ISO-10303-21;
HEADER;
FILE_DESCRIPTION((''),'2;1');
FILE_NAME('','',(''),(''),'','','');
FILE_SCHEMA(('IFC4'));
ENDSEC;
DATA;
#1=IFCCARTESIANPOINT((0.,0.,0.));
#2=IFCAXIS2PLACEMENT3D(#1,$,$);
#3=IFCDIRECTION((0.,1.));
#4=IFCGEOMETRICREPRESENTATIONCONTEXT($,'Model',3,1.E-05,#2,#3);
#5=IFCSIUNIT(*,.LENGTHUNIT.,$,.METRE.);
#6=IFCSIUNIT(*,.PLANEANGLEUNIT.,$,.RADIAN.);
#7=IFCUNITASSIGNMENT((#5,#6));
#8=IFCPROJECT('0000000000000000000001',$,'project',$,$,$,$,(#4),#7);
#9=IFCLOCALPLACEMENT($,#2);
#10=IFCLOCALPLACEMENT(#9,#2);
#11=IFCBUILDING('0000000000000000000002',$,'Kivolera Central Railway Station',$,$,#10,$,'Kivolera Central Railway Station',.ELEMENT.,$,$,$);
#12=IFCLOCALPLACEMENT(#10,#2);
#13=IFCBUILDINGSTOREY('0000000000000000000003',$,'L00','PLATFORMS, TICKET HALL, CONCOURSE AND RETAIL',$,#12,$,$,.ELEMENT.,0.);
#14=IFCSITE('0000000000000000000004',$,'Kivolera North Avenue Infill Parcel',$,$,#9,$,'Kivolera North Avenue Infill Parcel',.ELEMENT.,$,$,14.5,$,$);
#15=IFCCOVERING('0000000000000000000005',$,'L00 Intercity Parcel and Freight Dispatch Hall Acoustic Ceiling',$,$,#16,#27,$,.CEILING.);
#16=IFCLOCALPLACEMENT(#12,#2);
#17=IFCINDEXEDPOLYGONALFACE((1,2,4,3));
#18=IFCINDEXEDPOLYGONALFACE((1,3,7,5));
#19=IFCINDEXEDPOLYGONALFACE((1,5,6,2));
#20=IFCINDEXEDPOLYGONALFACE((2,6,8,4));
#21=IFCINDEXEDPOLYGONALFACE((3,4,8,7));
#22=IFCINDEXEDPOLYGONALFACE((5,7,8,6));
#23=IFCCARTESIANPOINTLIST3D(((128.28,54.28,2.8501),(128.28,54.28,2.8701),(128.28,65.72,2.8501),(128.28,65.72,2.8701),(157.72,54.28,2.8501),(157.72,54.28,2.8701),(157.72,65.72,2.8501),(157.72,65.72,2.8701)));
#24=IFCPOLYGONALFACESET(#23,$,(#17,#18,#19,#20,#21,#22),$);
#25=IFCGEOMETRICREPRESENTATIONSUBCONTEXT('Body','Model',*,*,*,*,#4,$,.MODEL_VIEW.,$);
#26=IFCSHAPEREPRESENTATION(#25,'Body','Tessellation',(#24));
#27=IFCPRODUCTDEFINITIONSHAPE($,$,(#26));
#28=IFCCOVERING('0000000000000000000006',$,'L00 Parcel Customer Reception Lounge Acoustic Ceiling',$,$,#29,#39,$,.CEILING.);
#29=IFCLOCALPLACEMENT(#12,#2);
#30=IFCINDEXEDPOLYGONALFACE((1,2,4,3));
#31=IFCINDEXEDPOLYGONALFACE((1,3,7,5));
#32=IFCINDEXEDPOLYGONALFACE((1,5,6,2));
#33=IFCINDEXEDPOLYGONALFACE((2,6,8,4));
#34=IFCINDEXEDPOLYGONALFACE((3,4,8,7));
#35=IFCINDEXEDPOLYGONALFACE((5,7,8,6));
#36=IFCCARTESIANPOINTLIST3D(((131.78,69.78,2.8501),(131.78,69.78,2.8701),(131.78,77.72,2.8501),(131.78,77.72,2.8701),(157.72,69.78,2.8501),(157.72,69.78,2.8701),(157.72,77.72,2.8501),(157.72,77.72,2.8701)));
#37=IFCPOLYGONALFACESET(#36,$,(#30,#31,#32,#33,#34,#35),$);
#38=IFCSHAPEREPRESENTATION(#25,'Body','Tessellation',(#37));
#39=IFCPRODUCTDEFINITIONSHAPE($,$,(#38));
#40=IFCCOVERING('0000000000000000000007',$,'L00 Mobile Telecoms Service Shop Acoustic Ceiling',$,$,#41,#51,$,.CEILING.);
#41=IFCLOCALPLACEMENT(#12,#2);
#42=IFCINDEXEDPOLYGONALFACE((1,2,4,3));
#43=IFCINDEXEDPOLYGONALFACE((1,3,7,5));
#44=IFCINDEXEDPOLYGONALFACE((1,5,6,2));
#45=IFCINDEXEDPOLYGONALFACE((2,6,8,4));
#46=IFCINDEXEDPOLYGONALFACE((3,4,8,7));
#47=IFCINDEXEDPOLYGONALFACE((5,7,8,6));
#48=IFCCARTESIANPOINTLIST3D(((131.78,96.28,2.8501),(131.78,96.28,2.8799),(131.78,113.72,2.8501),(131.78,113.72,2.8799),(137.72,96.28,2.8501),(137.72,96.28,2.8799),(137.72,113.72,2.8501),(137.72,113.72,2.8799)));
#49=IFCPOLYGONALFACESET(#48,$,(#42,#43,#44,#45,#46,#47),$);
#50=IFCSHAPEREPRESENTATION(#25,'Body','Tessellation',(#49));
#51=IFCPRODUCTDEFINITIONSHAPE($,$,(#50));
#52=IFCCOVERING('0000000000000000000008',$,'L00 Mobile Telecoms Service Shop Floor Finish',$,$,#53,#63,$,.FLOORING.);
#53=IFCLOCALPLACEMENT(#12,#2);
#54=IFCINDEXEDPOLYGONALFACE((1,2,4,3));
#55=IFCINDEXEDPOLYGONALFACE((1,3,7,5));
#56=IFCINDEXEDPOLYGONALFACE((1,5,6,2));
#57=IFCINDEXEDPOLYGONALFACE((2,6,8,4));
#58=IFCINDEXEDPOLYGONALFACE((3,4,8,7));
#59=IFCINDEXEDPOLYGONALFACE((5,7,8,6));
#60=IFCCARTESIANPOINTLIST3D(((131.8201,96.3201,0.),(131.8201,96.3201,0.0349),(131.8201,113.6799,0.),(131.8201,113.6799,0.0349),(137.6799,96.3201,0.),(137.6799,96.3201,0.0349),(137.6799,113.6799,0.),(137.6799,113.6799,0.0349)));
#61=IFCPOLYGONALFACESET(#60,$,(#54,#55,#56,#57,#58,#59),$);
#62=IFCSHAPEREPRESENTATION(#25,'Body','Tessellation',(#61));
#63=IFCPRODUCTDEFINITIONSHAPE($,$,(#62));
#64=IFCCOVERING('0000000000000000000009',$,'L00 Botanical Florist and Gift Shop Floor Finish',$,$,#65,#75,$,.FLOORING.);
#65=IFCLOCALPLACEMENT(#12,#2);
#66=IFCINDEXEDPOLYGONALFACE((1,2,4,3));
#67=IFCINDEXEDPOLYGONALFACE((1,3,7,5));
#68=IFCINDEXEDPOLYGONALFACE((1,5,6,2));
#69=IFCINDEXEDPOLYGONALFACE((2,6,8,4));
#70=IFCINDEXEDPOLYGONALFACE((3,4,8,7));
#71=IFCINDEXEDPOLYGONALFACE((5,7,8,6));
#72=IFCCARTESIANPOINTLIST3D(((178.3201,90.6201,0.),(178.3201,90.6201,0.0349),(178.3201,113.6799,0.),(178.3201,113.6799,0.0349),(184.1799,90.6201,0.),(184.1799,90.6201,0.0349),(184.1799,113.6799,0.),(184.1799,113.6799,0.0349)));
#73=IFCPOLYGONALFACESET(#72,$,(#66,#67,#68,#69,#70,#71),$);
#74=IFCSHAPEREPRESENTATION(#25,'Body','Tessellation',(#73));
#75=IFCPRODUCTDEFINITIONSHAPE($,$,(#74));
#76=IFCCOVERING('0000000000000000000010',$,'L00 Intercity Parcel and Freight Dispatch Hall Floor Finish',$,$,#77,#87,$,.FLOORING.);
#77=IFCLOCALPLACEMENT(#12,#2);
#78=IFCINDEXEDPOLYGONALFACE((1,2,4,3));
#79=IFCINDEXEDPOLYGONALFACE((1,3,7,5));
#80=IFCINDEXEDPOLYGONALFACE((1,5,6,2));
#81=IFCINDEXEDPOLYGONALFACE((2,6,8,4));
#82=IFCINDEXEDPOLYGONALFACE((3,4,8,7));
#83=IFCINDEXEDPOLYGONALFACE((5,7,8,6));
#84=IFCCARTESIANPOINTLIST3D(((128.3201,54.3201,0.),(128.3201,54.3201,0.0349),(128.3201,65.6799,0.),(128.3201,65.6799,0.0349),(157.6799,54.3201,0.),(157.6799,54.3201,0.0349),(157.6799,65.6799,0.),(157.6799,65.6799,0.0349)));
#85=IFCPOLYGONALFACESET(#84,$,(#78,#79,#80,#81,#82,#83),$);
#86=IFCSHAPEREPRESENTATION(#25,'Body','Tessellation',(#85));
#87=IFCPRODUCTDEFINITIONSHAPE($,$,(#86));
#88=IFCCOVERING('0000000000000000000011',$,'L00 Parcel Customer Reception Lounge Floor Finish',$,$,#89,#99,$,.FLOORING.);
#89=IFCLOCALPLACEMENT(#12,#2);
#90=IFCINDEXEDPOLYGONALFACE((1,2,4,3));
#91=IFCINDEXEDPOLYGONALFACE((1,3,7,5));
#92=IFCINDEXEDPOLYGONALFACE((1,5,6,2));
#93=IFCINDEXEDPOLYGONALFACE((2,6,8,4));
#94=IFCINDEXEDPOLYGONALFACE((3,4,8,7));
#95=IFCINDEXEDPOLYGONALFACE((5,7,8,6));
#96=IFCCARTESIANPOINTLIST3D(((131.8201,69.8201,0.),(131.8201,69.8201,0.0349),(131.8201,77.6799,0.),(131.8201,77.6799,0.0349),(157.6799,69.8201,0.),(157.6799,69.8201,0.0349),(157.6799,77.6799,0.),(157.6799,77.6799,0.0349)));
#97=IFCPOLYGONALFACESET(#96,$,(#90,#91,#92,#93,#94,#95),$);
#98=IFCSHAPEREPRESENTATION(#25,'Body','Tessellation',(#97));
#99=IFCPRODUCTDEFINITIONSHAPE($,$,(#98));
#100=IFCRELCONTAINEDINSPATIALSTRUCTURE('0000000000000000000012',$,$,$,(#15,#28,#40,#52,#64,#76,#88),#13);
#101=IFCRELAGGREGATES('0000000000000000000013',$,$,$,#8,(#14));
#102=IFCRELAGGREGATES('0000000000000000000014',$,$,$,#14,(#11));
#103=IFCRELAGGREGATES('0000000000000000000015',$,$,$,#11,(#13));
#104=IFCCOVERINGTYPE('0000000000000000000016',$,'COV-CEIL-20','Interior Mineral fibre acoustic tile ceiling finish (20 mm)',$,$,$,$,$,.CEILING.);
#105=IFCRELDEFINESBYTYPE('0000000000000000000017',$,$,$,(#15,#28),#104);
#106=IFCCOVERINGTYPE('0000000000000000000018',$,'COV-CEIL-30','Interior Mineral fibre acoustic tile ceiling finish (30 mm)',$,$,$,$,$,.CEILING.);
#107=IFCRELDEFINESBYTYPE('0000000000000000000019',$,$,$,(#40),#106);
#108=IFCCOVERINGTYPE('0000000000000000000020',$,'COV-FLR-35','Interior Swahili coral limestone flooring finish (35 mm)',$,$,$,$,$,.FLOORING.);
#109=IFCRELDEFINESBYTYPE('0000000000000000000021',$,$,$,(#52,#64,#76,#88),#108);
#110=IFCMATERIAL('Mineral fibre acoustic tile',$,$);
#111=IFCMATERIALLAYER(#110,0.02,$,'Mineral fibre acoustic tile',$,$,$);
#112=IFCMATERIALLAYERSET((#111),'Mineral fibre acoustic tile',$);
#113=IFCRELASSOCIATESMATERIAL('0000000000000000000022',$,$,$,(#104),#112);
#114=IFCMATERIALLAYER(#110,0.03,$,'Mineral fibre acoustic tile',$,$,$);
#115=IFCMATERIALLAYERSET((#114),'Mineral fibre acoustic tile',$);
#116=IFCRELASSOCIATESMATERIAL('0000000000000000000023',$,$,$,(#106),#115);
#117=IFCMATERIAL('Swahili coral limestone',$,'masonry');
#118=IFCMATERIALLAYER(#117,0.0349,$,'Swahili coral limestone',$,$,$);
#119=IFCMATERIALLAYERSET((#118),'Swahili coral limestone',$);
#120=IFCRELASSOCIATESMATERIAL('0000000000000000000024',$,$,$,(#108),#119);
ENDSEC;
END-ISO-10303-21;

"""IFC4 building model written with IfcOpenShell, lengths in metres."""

from ifc_helpers import new_model, si_unit, direction, frame, origin, place, context, subcontext, project, spatial, polyline, outline, extrude, material, layer, layer_set, type_object, element, save


model = new_model("IFC4")

# Units and contexts
model_context = context("Model", 3, precision=1e-05, world=origin(), true_north=direction((0.0, 1.0)))
body_context = subcontext(model_context, "Body", "Model", "MODEL_VIEW")
ifc_project = project(units=[si_unit("LENGTHUNIT", "METRE"), si_unit("PLANEANGLEUNIT", "RADIAN")], contexts=[model_context])

# Site, building, storey
site_placement = place(None, origin())
site = spatial("IfcSite", under=ifc_project, at=site_placement, Name="Kivolera North Avenue Infill Parcel", LongName="Kivolera North Avenue Infill Parcel", CompositionType="ELEMENT", RefElevation=14.5)
building_placement = place(site_placement, origin())
building = spatial("IfcBuilding", under=site, at=building_placement, Name="Kivolera Central Railway Station", LongName="Kivolera Central Railway Station", CompositionType="ELEMENT")
storey_placement = place(building_placement, origin())
storey = spatial("IfcBuildingStorey", under=building, at=storey_placement, Name="L00", Description="PLATFORMS, TICKET HALL, CONCOURSE AND RETAIL", CompositionType="ELEMENT", Elevation=0.0)

# Shared definitions
ifc_material_1 = material(Name="Swahili coral limestone", Category="masonry")

# Coverings
ifc_material_2 = material(Name="Mineral fibre acoustic tile")
ifc_layer_1 = layer(ifc_material_2, 0.02, Name="Mineral fibre acoustic tile")
ifc_layer_set_1 = layer_set([ifc_layer_1], Name="Mineral fibre acoustic tile")
covering_type_1 = type_object("IfcCoveringType", Name="COV-CEIL-20", Description="Interior Mineral fibre acoustic tile ceiling finish (20 mm)", PredefinedType="CEILING", material=ifc_layer_set_1)
covering_1_placement = place(storey_placement, frame((0.0, 0.0, 2.8501)))
element("IfcCovering", 1, at=covering_1_placement, inside=storey, type_object=covering_type_1, Name="L00 Intercity Parcel and Freight Dispatch Hall Acoustic Ceiling", PredefinedType="CEILING", context=body_context, shape_type="SweptSolid", body=[
    extrude(outline(polyline([(128.28, 54.28), (157.72, 54.28), (157.72, 65.72), (128.28, 65.72), (128.28, 54.28)])), origin(), (0.0, 0.0, 1.0), 0.02),
])
covering_2_placement = place(storey_placement, frame((0.0, 0.0, 2.8501)))
element("IfcCovering", 2, at=covering_2_placement, inside=storey, type_object=covering_type_1, Name="L00 Parcel Customer Reception Lounge Acoustic Ceiling", PredefinedType="CEILING", context=body_context, shape_type="SweptSolid", body=[
    extrude(outline(polyline([(131.78, 69.78), (157.72, 69.78), (157.72, 77.72), (131.78, 77.72), (131.78, 69.78)])), origin(), (0.0, 0.0, 1.0), 0.02),
])
ifc_layer_2 = layer(ifc_material_2, 0.03, Name="Mineral fibre acoustic tile")
ifc_layer_set_2 = layer_set([ifc_layer_2], Name="Mineral fibre acoustic tile")
covering_type_2 = type_object("IfcCoveringType", Name="COV-CEIL-30", Description="Interior Mineral fibre acoustic tile ceiling finish (30 mm)", PredefinedType="CEILING", material=ifc_layer_set_2)
covering_3_placement = place(storey_placement, frame((0.0, 0.0, 2.8501)))
element("IfcCovering", 3, at=covering_3_placement, inside=storey, type_object=covering_type_2, Name="L00 Mobile Telecoms Service Shop Acoustic Ceiling", PredefinedType="CEILING", context=body_context, shape_type="SweptSolid", body=[
    extrude(outline(polyline([(131.78, 96.28), (137.72, 96.28), (137.72, 113.72), (131.78, 113.72), (131.78, 96.28)])), origin(), (0.0, 0.0, 1.0), 0.0298),
])
ifc_layer_3 = layer(ifc_material_1, 0.0349, Name="Swahili coral limestone")
ifc_layer_set_3 = layer_set([ifc_layer_3], Name="Swahili coral limestone")
covering_type_3 = type_object("IfcCoveringType", Name="COV-FLR-35", Description="Interior Swahili coral limestone flooring finish (35 mm)", PredefinedType="FLOORING", material=ifc_layer_set_3)
covering_4_placement = place(storey_placement, origin())
element("IfcCovering", 4, at=covering_4_placement, inside=storey, type_object=covering_type_3, Name="L00 Mobile Telecoms Service Shop Floor Finish", PredefinedType="FLOORING", context=body_context, shape_type="SweptSolid", body=[
    extrude(outline(polyline([(131.8201, 96.3201), (137.6799, 96.3201), (137.6799, 113.6799), (131.8201, 113.6799), (131.8201, 96.3201)])), origin(), (0.0, 0.0, 1.0), 0.0349),
])
covering_5_placement = place(storey_placement, origin())
element("IfcCovering", 5, at=covering_5_placement, inside=storey, type_object=covering_type_3, Name="L00 Botanical Florist and Gift Shop Floor Finish", PredefinedType="FLOORING", context=body_context, shape_type="SweptSolid", body=[
    extrude(outline(polyline([(178.3201, 90.6201), (184.1799, 90.6201), (184.1799, 113.6799), (178.3201, 113.6799), (178.3201, 90.6201)])), origin(), (0.0, 0.0, 1.0), 0.0349),
])
covering_6_placement = place(storey_placement, origin())
element("IfcCovering", 6, at=covering_6_placement, inside=storey, type_object=covering_type_3, Name="L00 Intercity Parcel and Freight Dispatch Hall Floor Finish", PredefinedType="FLOORING", context=body_context, shape_type="SweptSolid", body=[
    extrude(outline(polyline([(128.3201, 54.3201), (157.6799, 54.3201), (157.6799, 65.6799), (128.3201, 65.6799), (128.3201, 54.3201)])), origin(), (0.0, 0.0, 1.0), 0.0349),
])
covering_7_placement = place(storey_placement, origin())
element("IfcCovering", 7, at=covering_7_placement, inside=storey, type_object=covering_type_3, Name="L00 Parcel Customer Reception Lounge Floor Finish", PredefinedType="FLOORING", context=body_context, shape_type="SweptSolid", body=[
    extrude(outline(polyline([(131.8201, 69.8201), (157.6799, 69.8201), (157.6799, 77.6799), (131.8201, 77.6799), (131.8201, 69.8201)])), origin(), (0.0, 0.0, 1.0), 0.0349),
])

save(model, "model.ifc")
